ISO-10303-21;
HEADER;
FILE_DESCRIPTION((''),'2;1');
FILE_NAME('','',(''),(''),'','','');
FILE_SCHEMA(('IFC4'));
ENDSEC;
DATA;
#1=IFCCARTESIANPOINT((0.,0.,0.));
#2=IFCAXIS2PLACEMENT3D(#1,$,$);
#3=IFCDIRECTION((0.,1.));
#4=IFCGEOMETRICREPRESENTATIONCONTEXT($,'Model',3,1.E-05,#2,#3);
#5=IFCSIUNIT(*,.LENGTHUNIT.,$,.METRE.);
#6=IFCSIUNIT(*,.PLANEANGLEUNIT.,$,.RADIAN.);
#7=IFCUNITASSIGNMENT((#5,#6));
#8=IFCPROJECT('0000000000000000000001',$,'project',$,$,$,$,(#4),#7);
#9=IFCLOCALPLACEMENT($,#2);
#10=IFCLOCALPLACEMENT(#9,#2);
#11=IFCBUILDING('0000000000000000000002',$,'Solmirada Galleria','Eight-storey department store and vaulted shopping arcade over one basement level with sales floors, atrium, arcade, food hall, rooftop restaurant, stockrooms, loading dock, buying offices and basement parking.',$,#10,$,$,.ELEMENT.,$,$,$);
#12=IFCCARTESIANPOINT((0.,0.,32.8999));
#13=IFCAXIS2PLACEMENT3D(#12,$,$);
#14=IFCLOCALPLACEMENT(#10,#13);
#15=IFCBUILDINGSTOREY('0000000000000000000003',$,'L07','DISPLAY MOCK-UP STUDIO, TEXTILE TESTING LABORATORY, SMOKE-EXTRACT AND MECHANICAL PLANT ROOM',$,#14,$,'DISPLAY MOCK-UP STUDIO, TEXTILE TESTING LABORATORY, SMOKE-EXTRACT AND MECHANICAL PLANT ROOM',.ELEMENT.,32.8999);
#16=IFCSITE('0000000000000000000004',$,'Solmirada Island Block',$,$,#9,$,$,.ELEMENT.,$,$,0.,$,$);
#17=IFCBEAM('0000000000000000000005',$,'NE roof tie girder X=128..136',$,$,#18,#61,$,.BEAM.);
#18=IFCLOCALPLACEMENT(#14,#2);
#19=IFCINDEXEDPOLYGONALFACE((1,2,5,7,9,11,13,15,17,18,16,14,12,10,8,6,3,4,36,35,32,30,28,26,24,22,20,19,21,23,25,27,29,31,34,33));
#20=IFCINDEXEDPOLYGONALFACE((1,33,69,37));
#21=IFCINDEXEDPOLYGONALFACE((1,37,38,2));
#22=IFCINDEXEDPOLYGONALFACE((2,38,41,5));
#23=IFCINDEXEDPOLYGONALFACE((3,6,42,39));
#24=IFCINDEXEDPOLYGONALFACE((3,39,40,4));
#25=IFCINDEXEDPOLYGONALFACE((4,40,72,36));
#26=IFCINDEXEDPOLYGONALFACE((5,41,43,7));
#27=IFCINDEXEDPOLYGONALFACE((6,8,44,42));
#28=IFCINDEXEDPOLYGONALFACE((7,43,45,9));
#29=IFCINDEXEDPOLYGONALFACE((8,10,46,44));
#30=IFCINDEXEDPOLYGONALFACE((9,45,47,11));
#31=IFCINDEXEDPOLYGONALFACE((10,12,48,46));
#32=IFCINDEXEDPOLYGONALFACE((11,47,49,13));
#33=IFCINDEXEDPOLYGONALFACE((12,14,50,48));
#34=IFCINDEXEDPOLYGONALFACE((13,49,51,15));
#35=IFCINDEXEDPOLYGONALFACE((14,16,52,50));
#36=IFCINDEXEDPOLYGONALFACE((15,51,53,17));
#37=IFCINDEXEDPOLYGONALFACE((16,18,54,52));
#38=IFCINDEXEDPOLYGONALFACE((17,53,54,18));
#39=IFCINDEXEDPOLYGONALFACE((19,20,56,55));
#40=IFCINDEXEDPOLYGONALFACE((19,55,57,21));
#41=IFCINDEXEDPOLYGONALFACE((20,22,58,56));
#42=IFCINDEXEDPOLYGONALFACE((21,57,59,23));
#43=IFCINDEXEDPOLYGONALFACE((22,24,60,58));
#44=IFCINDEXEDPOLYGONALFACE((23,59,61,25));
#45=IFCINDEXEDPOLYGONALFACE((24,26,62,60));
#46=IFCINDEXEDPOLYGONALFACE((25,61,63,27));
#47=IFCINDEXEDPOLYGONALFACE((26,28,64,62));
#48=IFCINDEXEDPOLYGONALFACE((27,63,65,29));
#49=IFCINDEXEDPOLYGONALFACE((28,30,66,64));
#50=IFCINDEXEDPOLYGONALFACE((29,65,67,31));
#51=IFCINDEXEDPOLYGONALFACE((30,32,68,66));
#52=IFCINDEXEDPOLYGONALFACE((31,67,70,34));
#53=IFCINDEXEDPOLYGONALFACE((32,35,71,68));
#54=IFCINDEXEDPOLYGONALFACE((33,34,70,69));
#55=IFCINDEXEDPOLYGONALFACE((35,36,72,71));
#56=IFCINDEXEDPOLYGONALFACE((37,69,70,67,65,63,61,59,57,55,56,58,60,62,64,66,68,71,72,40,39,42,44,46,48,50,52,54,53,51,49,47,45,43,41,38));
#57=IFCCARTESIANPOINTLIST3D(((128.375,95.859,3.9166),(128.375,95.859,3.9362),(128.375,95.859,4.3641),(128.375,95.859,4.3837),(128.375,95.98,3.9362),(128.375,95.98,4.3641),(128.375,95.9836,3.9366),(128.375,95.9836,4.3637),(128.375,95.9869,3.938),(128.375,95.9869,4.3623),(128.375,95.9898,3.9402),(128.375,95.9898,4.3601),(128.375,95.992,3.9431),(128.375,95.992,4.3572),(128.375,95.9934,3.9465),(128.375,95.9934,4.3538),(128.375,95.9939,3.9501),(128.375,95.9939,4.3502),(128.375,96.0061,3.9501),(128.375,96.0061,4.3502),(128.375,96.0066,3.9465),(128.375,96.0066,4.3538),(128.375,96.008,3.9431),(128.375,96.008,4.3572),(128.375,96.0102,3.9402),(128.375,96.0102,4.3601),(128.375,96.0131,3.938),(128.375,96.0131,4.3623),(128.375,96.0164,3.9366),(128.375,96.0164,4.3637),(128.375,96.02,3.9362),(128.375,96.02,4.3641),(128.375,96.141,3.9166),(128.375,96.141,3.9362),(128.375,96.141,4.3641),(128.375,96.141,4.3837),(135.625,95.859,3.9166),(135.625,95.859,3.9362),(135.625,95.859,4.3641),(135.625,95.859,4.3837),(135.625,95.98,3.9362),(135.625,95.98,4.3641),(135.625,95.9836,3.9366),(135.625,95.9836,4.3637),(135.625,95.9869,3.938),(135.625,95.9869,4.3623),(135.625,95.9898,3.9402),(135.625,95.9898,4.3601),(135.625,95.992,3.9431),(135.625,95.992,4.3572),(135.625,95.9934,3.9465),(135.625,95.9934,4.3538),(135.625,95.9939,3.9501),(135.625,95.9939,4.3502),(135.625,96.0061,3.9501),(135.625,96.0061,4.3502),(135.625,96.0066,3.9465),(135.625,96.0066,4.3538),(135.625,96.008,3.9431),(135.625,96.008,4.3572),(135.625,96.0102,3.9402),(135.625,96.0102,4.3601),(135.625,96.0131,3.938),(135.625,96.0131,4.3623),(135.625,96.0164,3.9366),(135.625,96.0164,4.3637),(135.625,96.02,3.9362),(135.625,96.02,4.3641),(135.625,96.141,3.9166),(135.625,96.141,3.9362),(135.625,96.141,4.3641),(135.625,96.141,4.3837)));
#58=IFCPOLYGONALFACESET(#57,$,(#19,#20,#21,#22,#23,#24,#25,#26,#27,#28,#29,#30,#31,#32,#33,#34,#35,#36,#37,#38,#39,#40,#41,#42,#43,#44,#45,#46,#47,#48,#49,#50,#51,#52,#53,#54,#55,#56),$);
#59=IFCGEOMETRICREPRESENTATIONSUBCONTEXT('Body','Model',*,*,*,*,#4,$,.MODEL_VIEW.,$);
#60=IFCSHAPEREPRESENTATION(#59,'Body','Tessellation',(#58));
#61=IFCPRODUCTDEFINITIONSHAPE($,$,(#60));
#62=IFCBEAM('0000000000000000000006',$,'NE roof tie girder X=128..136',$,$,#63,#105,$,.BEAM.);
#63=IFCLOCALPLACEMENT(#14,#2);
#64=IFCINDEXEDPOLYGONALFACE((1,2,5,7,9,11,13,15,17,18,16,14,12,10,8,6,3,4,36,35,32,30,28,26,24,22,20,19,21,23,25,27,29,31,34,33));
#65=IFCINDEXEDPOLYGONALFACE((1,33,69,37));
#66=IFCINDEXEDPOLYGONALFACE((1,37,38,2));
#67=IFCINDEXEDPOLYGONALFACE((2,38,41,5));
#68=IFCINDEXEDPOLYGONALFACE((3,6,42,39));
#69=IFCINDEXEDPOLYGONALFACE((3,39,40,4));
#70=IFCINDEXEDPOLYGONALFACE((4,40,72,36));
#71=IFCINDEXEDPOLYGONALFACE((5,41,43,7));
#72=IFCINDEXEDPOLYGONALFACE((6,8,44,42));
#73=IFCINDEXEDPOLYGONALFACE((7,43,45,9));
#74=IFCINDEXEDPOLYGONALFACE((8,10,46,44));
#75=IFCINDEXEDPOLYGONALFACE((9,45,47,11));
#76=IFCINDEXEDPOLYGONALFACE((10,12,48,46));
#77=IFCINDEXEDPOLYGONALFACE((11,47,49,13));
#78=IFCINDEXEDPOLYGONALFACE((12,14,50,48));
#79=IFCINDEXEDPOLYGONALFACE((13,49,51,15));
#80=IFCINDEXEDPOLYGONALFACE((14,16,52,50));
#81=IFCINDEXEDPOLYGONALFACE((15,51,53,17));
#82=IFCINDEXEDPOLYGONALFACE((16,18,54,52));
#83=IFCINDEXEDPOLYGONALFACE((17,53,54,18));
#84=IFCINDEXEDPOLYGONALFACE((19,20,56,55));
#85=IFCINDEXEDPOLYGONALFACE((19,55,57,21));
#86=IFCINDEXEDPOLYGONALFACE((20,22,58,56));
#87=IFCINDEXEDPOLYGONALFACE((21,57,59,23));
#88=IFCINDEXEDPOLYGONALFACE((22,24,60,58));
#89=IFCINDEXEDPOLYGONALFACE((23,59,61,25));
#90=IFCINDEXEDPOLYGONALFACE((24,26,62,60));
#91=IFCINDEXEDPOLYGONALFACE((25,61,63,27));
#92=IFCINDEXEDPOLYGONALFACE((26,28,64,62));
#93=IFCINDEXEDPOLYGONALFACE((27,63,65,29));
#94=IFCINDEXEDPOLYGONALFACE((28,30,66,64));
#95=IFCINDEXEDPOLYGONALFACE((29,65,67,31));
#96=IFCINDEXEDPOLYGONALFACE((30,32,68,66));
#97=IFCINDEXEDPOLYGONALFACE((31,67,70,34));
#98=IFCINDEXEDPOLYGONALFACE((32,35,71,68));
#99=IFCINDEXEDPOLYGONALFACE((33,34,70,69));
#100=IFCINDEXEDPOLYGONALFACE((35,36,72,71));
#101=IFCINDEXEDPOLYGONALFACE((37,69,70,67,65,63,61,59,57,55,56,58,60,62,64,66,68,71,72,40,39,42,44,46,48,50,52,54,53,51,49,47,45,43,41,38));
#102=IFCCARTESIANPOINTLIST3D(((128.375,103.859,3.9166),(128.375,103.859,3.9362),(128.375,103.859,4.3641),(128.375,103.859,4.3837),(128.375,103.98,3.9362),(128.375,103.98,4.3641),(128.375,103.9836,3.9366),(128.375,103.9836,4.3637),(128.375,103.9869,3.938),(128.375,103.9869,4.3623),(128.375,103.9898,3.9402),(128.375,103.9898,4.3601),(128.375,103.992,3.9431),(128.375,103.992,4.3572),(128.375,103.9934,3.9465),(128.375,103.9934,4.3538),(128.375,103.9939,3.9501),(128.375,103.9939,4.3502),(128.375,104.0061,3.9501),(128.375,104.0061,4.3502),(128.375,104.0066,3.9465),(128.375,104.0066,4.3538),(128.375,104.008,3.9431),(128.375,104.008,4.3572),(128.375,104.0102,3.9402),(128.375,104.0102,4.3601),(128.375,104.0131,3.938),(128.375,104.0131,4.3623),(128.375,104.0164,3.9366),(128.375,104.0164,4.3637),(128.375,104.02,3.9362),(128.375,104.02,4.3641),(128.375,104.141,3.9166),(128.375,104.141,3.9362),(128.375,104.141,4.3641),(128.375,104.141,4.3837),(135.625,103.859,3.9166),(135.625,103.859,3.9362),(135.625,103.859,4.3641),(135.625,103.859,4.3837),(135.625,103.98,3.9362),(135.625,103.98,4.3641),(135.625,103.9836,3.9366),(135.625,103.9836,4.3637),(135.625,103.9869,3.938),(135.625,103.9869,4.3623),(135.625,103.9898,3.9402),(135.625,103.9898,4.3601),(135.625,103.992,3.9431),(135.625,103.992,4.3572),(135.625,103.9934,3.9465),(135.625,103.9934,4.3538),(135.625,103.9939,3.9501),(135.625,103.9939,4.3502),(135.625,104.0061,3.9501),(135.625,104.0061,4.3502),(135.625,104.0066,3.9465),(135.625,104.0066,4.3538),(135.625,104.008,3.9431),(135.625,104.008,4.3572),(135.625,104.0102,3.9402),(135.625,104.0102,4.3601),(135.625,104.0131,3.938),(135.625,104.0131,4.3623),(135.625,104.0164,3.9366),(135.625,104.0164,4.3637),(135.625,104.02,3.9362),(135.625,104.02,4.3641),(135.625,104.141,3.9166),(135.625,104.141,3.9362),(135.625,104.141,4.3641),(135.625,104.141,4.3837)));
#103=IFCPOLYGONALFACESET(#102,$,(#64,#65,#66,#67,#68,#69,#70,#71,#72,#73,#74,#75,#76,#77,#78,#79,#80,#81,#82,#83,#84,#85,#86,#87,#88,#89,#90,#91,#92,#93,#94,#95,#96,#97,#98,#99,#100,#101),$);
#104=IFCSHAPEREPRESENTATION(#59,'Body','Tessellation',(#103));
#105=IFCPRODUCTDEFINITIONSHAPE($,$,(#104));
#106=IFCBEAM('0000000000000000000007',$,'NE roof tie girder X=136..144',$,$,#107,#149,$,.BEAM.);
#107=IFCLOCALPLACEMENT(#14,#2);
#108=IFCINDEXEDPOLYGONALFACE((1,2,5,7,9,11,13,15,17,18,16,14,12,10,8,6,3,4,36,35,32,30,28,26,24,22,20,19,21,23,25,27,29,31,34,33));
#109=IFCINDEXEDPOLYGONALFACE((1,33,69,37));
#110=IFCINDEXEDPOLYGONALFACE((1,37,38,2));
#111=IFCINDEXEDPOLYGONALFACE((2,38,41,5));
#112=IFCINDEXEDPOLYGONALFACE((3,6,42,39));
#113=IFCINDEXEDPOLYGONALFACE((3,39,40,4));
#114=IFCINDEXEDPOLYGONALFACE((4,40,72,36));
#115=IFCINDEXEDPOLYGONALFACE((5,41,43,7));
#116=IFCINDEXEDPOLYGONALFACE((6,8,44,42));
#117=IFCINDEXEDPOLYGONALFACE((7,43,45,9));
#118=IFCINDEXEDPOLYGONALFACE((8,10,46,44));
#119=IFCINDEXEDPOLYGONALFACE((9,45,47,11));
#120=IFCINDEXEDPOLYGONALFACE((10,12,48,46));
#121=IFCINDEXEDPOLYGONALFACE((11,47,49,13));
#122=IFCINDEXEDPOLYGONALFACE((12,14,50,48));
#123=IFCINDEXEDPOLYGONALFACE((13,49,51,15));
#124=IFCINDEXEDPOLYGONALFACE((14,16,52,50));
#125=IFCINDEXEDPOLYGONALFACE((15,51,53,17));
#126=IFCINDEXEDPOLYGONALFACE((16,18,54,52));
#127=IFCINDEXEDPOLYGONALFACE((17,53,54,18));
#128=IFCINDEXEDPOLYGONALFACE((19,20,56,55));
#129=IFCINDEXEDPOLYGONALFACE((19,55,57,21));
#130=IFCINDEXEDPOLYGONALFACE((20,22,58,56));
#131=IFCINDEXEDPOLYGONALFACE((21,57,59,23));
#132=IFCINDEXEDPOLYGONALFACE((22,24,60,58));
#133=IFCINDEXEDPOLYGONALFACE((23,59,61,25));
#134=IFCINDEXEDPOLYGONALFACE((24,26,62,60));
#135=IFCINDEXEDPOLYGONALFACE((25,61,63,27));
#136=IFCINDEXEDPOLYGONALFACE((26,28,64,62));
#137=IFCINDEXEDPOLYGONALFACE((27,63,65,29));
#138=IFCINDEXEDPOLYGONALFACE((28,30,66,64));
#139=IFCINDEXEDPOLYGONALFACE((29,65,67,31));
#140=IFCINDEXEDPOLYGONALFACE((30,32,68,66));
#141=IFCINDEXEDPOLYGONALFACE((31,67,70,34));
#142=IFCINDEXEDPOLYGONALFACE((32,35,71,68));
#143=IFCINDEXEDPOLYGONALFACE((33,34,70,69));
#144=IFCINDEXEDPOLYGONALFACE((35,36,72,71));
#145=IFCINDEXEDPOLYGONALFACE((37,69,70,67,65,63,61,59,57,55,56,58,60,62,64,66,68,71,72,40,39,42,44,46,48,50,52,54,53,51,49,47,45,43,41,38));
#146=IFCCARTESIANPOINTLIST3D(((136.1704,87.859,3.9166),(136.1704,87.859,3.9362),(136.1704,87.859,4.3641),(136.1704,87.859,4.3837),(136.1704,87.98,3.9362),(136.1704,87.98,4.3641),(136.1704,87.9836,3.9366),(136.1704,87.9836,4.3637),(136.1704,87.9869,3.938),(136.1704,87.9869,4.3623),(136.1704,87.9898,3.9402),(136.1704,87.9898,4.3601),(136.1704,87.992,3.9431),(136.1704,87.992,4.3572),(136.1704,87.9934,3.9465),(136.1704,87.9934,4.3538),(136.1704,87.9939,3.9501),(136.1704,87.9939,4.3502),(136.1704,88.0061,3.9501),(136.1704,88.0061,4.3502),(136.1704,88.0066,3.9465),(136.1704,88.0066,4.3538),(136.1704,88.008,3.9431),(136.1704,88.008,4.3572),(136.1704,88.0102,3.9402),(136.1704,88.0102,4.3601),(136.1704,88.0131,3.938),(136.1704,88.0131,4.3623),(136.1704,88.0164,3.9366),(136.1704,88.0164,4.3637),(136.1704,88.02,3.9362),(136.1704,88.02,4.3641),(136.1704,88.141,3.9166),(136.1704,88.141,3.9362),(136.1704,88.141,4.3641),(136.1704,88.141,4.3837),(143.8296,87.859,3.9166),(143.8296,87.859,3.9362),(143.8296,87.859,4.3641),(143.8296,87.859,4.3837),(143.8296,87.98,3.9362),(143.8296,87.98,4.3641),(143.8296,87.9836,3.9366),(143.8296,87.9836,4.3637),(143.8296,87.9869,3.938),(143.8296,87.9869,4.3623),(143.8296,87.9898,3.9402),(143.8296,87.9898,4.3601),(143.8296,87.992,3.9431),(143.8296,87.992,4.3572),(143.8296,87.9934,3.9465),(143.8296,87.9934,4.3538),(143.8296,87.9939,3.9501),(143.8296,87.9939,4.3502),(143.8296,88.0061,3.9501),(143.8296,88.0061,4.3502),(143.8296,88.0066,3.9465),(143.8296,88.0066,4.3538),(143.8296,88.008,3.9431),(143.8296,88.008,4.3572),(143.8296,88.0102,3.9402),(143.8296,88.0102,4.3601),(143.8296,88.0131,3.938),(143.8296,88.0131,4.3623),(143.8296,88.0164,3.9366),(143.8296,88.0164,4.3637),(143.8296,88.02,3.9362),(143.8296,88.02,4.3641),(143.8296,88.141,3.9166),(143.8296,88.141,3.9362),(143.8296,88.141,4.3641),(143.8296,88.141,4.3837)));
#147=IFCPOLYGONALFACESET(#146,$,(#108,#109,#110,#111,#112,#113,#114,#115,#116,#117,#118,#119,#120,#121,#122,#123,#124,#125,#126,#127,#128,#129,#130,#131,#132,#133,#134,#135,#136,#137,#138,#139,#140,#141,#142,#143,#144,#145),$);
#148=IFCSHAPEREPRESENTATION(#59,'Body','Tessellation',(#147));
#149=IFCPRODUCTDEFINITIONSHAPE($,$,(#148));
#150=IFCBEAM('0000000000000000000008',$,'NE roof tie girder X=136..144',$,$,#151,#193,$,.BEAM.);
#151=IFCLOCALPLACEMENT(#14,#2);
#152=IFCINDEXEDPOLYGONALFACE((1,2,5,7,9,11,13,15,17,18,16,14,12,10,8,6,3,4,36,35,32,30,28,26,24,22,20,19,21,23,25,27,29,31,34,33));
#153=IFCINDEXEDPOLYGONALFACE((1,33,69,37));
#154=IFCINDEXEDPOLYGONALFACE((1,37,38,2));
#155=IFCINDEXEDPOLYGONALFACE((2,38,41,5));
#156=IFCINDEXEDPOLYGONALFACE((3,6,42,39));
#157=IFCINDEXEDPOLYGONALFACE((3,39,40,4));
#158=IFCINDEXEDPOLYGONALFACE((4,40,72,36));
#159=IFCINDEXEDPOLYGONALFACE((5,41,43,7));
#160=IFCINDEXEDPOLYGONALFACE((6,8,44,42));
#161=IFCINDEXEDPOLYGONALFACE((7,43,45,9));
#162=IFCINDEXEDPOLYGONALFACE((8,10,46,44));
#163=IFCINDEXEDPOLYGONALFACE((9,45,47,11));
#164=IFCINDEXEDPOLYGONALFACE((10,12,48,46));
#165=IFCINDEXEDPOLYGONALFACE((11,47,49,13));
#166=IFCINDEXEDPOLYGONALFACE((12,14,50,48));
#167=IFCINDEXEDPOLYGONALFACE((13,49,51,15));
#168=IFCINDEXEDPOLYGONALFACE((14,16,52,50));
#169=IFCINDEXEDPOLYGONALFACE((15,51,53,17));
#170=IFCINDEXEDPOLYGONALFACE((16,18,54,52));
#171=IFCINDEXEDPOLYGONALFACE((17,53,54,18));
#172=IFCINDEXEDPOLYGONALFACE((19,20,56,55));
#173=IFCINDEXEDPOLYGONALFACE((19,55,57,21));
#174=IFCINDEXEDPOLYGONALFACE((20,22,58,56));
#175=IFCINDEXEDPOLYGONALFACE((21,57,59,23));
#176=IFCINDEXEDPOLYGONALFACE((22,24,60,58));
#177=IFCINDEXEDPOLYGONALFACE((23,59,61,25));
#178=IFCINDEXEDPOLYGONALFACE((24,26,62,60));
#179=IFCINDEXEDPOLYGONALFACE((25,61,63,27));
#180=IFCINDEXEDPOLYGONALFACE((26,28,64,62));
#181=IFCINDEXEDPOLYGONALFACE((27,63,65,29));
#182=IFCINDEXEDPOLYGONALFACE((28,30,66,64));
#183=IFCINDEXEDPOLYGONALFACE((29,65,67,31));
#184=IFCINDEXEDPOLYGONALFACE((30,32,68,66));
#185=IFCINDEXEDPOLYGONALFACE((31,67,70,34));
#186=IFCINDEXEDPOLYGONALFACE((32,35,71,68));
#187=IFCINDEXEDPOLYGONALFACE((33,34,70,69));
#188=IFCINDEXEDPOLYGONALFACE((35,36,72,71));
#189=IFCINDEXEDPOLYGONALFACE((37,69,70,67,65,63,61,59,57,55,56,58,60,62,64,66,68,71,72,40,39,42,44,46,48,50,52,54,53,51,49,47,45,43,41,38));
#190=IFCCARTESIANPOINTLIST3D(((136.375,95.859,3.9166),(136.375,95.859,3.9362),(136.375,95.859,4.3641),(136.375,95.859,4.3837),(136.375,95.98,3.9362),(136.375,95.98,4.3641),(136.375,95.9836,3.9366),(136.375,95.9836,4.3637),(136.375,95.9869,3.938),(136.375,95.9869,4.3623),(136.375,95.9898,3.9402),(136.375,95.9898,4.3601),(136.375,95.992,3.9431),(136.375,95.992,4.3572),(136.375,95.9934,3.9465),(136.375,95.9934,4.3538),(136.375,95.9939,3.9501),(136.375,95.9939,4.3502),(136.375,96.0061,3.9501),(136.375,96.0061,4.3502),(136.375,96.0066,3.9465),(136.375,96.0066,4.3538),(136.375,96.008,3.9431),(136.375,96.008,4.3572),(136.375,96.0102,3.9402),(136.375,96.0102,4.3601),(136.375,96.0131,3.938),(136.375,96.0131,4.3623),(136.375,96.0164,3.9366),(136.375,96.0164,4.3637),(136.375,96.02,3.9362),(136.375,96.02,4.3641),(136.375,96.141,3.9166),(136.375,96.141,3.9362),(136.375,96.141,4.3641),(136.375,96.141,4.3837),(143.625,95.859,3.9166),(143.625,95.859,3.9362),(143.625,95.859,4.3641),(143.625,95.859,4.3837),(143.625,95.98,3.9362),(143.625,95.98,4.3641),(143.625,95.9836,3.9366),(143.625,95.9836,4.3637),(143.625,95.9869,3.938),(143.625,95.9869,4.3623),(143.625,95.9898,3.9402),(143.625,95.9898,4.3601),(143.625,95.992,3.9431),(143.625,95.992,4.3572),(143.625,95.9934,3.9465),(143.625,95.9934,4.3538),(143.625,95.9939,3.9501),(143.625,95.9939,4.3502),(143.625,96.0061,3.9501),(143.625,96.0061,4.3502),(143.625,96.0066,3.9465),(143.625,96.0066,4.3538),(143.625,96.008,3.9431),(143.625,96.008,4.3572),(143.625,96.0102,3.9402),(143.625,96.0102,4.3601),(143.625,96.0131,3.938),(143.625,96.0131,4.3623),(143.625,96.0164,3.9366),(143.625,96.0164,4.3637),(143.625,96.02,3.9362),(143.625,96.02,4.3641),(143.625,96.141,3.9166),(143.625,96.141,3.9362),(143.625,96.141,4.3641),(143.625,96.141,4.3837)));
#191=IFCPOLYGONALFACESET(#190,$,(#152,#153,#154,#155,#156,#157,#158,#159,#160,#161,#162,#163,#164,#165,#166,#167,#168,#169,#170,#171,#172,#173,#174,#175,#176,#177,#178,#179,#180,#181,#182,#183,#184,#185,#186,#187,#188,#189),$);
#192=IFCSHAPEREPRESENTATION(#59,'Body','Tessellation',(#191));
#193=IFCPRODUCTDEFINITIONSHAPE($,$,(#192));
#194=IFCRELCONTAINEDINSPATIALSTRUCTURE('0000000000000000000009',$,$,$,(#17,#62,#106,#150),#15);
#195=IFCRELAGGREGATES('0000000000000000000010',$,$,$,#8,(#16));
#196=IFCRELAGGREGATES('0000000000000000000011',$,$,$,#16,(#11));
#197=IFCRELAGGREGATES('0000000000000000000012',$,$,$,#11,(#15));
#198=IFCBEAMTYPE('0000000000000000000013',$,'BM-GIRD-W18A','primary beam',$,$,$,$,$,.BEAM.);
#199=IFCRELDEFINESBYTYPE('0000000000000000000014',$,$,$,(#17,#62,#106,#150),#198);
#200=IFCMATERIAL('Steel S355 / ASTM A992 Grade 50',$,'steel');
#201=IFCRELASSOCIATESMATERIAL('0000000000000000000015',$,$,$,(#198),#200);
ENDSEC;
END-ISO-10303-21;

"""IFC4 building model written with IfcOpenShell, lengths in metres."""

from ifc_helpers import new_model, si_unit, direction, frame, origin, origin_2d, place, context, subcontext, project, spatial, i_section, extrude, material, material_profile, profile_set, type_object, element, save


model = new_model("IFC4")

# Units and contexts
model_context = context("Model", 3, precision=1e-05, world=origin(), true_north=direction((0.0, 1.0)))
body_context = subcontext(model_context, "Body", "Model", "MODEL_VIEW")
ifc_project = project(units=[si_unit("LENGTHUNIT", "METRE"), si_unit("PLANEANGLEUNIT", "RADIAN")], contexts=[model_context])

# Site, building, storey
site_placement = place(None, origin())
site = spatial("IfcSite", under=ifc_project, at=site_placement, Name="Solmirada Island Block", CompositionType="ELEMENT", RefElevation=0.0)
building_placement = place(site_placement, origin())
building = spatial("IfcBuilding", under=site, at=building_placement, Name="Solmirada Galleria", Description="Eight-storey department store and vaulted shopping arcade over one basement level with sales floors, atrium, arcade, food hall, rooftop restaurant, stockrooms, loading dock, buying offices and basement parking.", CompositionType="ELEMENT")
storey_placement = place(building_placement, frame((0.0, 0.0, 32.8999)))
storey = spatial("IfcBuildingStorey", under=building, at=storey_placement, Name="L07", Description="DISPLAY MOCK-UP STUDIO, TEXTILE TESTING LABORATORY, SMOKE-EXTRACT AND MECHANICAL PLANT ROOM", LongName="DISPLAY MOCK-UP STUDIO, TEXTILE TESTING LABORATORY, SMOKE-EXTRACT AND MECHANICAL PLANT ROOM", CompositionType="ELEMENT", Elevation=32.8999)

# Beams
ifc_material_1 = material(Name="Steel S355 / ASTM A992 Grade 50", Category="steel")
ifc_material_profile_1 = material_profile(ifc_material_1, i_section(OverallWidth=0.282, OverallDepth=0.467, WebThickness=0.0122, FlangeThickness=0.0195, FilletRadius=0.0139, at=origin_2d()), Name="W18X86")
ifc_profile_set_1 = profile_set([ifc_material_profile_1], Name="Steel S355 / ASTM A992 Grade 50")
beam_type = type_object("IfcBeamType", Name="BM-GIRD-W18A", Description="primary beam", PredefinedType="BEAM", material=ifc_profile_set_1)
for number, where, z_axis, x_axis, name in (
    (1, (128.375, 96.0, 4.1501), (1.0, 0.0, 0.0), (0.0, 1.0, 0.0), "NE roof tie girder X=128..136"),
    (2, (128.375, 104.0, 4.1501), (1.0, 0.0, 0.0), (0.0, 1.0, 0.0), "NE roof tie girder X=128..136"),
):
    element("IfcBeam", number, at=place(storey_placement, frame(where, z_axis=z_axis, x_axis=x_axis)), inside=storey, type_object=beam_type, Name=name, PredefinedType="BEAM", context=body_context, shape_type="SweptSolid", body=[
        extrude(i_section(OverallWidth=0.282, OverallDepth=0.467, WebThickness=0.0122, FlangeThickness=0.0195, FilletRadius=0.0139, at=origin_2d()), origin(), (0.0, 0.0, 1.0), 7.25),
    ])
beam_placement = place(storey_placement, frame((136.1704, 88.0, 4.1501), z_axis=(1.0, 0.0, 0.0), x_axis=(0.0, 1.0, 0.0)))
element("IfcBeam", 3, at=beam_placement, inside=storey, type_object=beam_type, Name="NE roof tie girder X=136..144", PredefinedType="BEAM", context=body_context, shape_type="SweptSolid", body=[
    extrude(i_section(OverallWidth=0.282, OverallDepth=0.467, WebThickness=0.0122, FlangeThickness=0.0195, FilletRadius=0.0139, at=origin_2d()), origin(), (0.0, 0.0, 1.0), 7.6592),
])
for number, where, z_axis, x_axis, name in (
    (4, (136.375, 96.0, 4.1501), (1.0, 0.0, 0.0), (0.0, 1.0, 0.0), "NE roof tie girder X=136..144"),
):
    element("IfcBeam", number, at=place(storey_placement, frame(where, z_axis=z_axis, x_axis=x_axis)), inside=storey, type_object=beam_type, Name=name, PredefinedType="BEAM", context=body_context, shape_type="SweptSolid", body=[
        extrude(i_section(OverallWidth=0.282, OverallDepth=0.467, WebThickness=0.0122, FlangeThickness=0.0195, FilletRadius=0.0139, at=origin_2d()), origin(), (0.0, 0.0, 1.0), 7.25),
    ])

save(model, "model.ifc")
